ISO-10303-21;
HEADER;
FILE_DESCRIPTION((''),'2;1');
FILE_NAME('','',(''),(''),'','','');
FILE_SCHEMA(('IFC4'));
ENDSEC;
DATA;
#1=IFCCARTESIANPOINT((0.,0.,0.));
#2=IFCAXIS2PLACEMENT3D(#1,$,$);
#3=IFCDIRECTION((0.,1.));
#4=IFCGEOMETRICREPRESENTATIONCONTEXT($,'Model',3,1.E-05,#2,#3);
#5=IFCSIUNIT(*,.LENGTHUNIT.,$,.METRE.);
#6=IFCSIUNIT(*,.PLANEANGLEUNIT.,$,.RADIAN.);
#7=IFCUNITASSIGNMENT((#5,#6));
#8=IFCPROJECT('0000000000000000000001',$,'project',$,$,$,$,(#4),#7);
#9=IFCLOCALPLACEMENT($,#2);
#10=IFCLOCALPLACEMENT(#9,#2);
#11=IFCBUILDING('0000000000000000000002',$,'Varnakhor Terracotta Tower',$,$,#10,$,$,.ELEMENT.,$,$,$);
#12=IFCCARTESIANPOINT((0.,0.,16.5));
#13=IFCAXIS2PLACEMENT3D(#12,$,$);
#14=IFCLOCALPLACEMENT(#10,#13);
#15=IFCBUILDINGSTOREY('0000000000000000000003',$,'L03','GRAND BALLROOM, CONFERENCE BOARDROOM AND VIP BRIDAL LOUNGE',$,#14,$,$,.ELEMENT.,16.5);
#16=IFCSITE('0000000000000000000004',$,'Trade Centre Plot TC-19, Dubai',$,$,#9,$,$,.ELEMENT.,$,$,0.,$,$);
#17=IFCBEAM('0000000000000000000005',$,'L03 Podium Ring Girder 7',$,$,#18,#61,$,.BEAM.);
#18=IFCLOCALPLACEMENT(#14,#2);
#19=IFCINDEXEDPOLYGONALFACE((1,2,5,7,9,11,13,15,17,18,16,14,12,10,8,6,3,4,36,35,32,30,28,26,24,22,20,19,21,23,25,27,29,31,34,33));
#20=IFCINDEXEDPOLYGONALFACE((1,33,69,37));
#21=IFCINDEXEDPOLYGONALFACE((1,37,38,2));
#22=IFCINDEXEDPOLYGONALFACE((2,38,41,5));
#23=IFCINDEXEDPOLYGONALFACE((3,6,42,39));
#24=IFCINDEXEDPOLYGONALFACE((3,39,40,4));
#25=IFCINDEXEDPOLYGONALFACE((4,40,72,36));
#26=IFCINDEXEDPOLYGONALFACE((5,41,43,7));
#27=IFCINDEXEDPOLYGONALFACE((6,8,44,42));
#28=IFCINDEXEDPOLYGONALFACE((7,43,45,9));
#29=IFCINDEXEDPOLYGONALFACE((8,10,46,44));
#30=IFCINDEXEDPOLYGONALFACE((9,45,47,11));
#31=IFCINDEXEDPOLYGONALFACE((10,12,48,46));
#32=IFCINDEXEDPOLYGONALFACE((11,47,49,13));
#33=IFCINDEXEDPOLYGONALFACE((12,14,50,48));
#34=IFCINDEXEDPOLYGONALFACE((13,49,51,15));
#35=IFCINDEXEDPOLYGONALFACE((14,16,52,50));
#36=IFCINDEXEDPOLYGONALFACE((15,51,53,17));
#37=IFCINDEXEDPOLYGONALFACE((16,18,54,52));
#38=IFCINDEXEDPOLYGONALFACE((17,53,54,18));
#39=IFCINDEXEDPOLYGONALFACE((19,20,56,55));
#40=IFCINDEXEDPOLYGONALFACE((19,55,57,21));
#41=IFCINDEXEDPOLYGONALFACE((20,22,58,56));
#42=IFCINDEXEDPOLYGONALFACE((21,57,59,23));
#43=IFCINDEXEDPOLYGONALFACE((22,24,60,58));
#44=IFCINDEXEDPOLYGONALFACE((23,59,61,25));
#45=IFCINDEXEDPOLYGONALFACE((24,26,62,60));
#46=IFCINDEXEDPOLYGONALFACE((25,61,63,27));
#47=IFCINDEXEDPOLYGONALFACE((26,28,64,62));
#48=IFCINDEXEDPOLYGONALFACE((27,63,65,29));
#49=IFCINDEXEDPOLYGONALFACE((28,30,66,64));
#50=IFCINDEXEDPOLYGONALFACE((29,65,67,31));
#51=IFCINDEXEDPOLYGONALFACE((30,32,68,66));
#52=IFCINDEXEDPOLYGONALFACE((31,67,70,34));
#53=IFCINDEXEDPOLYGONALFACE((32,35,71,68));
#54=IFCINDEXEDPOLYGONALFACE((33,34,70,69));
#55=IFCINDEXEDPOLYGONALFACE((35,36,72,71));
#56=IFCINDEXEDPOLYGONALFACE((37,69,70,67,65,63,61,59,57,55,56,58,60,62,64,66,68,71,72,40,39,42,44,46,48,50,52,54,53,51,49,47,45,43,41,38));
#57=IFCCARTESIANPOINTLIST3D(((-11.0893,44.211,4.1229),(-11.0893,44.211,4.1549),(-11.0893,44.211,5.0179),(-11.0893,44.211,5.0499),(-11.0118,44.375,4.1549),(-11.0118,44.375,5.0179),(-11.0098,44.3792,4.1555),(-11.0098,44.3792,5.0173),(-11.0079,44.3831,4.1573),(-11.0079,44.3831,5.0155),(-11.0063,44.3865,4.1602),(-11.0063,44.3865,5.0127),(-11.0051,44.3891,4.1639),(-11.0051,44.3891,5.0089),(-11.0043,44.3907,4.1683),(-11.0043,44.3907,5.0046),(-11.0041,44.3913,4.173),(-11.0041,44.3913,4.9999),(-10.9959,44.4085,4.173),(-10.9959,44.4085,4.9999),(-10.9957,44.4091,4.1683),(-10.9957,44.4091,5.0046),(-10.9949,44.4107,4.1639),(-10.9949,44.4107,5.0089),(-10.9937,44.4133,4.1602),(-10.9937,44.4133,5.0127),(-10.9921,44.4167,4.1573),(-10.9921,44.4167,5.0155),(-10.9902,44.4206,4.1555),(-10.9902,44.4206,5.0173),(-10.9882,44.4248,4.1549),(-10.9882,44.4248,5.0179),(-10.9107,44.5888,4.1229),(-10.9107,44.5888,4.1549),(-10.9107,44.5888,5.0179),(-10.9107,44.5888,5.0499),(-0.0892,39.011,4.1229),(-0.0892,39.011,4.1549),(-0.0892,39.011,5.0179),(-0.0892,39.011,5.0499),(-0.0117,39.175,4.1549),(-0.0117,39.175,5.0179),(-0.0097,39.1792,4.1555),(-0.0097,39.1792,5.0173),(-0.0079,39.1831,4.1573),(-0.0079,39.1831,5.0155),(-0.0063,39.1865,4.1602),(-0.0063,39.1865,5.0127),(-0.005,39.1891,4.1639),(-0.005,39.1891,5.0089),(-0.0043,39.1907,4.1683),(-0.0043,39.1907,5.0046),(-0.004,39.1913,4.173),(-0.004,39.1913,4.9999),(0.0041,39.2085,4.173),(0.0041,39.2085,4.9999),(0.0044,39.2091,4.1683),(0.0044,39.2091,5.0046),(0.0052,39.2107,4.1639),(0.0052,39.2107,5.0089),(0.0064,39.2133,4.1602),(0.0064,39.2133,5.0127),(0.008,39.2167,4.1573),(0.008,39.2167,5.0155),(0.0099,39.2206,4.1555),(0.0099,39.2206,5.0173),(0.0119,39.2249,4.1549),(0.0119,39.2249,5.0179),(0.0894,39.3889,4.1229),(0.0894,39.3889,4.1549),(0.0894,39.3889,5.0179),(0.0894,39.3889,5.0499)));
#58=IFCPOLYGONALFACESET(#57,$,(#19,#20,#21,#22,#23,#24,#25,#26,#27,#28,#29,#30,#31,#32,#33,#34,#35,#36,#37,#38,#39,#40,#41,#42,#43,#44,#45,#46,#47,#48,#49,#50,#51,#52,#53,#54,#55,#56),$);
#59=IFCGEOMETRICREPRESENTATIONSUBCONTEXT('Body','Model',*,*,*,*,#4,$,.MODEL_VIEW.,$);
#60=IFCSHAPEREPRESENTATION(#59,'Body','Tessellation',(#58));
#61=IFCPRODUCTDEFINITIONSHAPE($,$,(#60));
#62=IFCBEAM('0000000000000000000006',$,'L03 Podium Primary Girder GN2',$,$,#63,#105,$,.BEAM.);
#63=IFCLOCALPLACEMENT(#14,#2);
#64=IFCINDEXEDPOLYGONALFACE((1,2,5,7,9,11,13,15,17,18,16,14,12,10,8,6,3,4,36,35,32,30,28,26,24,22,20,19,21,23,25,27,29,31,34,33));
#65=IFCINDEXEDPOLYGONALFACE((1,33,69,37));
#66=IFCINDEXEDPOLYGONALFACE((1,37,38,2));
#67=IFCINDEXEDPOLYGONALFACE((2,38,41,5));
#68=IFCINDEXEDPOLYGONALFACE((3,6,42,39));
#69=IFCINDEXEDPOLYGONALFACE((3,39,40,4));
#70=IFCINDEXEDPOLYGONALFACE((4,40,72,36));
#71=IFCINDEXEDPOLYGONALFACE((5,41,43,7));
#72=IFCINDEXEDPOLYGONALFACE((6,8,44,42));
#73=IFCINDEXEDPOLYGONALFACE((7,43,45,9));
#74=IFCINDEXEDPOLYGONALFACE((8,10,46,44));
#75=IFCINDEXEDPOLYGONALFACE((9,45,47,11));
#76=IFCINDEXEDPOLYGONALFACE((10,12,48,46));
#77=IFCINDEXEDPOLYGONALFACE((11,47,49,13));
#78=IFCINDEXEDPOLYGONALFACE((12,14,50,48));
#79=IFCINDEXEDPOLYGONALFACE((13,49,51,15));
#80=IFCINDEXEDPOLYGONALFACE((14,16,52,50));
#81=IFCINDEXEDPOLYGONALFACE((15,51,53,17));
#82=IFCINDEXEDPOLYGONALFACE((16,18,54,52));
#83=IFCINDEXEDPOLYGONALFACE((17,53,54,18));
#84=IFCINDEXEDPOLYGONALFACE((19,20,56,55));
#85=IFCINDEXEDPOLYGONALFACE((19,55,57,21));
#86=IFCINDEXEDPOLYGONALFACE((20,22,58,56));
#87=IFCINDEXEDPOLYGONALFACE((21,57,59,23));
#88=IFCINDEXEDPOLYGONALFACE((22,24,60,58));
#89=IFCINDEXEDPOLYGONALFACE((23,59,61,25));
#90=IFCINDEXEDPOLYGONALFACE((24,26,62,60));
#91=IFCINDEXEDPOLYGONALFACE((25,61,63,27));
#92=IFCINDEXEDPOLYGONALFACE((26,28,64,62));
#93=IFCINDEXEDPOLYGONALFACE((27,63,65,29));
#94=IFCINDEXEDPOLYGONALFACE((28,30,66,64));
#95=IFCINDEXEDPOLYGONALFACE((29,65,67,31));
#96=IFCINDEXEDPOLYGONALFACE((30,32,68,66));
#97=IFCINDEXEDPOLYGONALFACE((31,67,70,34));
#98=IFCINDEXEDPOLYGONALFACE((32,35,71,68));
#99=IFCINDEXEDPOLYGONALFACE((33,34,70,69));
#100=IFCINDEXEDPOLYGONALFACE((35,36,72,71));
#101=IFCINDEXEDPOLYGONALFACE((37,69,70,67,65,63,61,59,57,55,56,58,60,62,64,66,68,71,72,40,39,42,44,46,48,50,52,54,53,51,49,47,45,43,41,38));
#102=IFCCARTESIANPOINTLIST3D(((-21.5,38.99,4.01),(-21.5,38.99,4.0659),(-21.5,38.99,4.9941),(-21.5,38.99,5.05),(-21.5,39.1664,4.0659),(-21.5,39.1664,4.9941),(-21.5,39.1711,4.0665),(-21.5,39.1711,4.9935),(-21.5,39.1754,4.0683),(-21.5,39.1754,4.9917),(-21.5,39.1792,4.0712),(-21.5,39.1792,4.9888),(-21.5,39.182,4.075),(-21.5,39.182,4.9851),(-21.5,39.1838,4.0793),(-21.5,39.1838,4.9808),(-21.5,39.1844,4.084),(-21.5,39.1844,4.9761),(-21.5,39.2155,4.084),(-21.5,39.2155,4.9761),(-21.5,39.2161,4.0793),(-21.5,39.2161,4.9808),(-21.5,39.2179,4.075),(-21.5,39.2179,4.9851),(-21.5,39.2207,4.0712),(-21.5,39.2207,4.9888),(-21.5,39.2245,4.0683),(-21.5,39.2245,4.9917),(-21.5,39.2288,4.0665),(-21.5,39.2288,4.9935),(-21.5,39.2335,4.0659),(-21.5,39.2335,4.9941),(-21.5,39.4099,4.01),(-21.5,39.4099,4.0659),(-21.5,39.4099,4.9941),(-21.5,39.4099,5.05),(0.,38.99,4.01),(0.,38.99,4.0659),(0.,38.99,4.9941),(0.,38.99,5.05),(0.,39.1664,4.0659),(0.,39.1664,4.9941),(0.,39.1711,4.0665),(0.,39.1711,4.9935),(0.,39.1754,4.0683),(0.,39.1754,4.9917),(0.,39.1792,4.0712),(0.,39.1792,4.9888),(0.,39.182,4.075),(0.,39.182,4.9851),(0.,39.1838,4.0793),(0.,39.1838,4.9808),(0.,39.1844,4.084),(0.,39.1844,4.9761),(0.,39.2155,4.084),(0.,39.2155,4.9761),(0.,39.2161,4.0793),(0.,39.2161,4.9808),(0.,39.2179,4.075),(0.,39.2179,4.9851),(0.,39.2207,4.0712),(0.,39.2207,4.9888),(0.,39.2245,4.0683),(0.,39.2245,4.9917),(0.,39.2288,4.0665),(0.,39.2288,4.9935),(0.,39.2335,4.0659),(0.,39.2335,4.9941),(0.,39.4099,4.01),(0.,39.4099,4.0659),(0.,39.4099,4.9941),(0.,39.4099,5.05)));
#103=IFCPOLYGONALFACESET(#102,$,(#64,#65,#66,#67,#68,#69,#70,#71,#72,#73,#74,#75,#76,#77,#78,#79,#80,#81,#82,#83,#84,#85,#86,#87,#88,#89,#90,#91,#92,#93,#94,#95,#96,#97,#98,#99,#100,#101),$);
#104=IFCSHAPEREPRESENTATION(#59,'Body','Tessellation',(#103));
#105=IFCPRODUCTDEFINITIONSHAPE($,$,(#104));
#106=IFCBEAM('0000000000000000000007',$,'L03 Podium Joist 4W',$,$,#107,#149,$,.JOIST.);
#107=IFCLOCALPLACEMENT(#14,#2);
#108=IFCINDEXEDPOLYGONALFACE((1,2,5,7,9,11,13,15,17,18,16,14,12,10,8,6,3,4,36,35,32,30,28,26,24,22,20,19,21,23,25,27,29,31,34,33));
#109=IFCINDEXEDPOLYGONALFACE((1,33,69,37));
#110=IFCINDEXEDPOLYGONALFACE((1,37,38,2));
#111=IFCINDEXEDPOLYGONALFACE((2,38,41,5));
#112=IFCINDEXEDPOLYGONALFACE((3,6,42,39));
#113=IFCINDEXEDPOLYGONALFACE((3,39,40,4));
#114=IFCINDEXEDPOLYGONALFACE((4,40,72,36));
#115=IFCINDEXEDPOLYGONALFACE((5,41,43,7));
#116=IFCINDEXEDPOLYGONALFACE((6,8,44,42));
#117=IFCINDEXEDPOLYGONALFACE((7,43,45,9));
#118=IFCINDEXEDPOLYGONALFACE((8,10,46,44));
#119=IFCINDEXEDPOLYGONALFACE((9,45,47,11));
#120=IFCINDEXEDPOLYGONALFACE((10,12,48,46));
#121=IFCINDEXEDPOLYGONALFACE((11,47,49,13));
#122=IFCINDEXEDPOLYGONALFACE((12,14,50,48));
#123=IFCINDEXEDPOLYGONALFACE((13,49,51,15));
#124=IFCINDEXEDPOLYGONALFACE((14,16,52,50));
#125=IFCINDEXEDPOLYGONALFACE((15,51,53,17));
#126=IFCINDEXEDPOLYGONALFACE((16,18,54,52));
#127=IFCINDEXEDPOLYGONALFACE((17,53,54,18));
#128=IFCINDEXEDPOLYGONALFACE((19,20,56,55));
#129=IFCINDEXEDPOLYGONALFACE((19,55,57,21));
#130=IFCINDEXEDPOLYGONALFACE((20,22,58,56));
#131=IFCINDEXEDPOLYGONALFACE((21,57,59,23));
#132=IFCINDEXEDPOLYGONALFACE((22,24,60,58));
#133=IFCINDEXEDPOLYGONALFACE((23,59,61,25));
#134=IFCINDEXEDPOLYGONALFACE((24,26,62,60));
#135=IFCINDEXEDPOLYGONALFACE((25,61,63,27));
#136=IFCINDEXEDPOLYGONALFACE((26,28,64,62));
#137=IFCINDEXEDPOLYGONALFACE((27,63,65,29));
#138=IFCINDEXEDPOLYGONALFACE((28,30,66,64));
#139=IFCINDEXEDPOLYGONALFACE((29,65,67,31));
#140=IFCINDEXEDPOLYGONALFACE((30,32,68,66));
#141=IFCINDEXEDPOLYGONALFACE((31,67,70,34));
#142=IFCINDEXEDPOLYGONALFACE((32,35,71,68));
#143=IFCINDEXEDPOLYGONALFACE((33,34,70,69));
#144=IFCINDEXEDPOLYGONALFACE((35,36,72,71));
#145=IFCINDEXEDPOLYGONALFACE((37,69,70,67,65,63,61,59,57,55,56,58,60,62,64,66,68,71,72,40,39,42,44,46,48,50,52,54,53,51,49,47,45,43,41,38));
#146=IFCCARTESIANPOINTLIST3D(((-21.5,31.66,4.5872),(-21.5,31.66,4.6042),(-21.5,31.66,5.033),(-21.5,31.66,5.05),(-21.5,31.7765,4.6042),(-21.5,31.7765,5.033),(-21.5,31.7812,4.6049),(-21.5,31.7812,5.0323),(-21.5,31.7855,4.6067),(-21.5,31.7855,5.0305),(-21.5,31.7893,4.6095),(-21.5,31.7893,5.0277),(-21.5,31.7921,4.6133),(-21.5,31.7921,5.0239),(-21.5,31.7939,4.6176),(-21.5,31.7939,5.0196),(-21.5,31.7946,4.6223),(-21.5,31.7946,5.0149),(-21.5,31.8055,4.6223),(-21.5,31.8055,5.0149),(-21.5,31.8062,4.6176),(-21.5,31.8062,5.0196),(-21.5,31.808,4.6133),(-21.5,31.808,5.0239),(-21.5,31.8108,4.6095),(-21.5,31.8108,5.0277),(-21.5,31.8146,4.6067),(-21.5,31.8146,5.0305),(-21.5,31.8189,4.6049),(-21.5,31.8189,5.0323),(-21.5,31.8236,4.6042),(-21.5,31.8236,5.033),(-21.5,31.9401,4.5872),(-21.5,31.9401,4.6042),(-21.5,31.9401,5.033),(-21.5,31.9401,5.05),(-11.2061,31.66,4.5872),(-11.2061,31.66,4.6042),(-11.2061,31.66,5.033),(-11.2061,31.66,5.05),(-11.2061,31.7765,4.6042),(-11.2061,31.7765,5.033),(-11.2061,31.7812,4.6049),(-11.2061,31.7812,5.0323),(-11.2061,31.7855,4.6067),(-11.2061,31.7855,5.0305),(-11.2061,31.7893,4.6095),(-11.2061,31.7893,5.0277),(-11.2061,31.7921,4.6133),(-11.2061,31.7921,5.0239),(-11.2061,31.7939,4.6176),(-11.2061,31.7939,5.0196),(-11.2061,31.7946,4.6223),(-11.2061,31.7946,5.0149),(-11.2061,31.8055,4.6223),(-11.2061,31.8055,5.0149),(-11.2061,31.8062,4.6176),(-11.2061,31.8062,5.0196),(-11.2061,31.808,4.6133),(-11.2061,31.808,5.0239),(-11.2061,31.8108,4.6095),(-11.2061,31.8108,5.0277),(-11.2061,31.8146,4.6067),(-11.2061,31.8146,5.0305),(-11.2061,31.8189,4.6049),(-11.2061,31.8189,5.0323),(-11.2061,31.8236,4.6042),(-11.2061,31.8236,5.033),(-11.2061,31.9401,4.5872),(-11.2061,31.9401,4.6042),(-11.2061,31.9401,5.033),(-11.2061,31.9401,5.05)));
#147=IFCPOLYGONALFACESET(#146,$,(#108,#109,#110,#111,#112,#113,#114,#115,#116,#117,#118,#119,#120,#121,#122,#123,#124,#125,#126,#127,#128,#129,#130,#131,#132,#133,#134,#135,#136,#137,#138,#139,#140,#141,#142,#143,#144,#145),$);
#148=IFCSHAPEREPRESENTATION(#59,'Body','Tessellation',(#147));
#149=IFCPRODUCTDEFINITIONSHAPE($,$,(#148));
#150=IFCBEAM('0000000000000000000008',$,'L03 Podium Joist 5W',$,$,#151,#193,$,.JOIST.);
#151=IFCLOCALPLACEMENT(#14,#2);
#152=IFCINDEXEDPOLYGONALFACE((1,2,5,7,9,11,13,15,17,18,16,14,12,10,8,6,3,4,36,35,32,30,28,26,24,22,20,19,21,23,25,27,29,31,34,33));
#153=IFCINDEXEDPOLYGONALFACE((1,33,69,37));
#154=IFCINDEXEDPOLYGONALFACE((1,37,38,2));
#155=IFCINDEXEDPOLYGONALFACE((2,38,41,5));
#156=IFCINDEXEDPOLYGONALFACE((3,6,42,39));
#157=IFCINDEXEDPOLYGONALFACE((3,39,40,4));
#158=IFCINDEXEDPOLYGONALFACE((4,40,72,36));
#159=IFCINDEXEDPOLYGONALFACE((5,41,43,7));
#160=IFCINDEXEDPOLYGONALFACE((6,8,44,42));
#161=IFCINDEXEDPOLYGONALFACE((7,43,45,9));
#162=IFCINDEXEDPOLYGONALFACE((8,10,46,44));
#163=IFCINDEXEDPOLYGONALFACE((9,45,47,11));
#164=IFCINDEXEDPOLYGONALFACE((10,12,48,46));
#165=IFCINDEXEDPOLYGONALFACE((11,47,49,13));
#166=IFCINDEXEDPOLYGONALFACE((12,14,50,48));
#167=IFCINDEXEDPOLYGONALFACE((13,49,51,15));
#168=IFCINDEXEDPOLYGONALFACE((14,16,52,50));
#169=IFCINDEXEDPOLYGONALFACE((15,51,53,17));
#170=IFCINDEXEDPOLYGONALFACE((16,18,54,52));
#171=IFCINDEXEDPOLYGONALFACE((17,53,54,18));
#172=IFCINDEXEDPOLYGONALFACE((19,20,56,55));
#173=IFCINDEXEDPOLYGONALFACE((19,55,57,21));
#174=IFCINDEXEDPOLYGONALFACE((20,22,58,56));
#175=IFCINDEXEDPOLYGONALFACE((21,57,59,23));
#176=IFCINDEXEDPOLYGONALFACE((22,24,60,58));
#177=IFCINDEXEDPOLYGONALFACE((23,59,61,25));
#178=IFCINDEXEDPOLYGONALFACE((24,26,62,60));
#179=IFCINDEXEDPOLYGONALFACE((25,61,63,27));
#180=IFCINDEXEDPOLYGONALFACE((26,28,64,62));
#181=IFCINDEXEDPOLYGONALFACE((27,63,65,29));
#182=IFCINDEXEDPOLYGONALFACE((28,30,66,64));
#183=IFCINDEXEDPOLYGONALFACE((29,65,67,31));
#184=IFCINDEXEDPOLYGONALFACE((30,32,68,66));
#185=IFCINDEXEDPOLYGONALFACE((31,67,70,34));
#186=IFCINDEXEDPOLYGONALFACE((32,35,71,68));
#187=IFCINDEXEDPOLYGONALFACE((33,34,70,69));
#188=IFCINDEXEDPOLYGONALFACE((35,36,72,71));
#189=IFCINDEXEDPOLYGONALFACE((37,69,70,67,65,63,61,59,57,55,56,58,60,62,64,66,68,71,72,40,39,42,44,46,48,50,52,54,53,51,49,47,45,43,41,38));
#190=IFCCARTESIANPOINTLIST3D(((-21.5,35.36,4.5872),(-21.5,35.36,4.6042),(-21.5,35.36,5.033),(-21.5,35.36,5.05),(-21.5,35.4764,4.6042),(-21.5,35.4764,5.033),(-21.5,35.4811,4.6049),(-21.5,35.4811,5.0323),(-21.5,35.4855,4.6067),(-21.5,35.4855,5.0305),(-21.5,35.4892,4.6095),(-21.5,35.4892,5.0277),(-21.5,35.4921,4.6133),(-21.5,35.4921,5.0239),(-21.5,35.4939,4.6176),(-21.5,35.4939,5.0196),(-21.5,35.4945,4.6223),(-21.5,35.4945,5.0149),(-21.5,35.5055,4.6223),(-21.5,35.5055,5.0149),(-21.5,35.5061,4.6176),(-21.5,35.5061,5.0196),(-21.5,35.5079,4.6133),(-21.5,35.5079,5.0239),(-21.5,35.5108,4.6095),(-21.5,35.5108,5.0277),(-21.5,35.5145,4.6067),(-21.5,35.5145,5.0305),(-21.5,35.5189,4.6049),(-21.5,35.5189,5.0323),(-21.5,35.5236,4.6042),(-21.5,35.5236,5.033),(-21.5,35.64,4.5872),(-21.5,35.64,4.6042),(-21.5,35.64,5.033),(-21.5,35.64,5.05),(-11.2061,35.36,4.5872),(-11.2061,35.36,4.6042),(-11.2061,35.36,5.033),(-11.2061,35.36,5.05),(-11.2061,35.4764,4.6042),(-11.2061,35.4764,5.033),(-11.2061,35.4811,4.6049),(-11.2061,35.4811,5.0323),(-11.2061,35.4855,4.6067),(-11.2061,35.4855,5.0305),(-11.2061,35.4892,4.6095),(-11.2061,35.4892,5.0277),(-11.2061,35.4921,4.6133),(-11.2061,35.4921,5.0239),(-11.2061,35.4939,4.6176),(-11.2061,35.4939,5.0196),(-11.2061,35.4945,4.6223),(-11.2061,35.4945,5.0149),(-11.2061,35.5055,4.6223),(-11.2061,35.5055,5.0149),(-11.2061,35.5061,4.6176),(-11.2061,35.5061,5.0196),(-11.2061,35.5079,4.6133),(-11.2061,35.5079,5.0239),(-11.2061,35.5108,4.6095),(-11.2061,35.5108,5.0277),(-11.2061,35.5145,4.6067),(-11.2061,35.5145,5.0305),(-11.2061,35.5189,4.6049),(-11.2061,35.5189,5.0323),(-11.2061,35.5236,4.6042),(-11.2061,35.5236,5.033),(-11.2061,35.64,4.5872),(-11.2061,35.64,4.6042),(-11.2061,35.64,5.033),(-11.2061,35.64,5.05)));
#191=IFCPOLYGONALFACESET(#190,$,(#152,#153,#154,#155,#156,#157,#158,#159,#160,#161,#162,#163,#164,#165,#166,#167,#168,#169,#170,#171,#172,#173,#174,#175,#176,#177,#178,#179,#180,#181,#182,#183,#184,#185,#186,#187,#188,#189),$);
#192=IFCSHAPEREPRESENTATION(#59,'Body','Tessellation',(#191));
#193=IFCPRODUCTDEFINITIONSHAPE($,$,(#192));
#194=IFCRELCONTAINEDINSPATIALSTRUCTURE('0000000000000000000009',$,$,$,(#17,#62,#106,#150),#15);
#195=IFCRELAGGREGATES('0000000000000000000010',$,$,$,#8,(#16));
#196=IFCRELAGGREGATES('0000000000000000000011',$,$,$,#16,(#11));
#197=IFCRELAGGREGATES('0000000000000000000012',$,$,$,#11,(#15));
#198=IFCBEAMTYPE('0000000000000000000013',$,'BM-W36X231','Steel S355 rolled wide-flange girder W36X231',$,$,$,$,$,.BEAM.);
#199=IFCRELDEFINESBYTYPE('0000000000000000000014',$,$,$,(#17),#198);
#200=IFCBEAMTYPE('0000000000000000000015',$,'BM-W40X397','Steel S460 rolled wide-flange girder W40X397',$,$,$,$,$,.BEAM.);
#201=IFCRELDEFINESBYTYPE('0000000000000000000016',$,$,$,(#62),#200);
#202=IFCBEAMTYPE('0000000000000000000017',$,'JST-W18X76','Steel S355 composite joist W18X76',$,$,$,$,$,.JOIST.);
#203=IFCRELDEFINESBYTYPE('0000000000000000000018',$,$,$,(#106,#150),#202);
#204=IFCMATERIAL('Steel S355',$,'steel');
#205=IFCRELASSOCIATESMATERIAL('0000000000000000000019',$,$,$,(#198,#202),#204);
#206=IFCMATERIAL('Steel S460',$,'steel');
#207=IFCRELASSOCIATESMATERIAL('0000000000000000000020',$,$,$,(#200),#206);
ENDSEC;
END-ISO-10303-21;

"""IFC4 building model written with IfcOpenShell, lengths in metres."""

from ifc_helpers import new_model, si_unit, direction, frame, origin, origin_2d, place, context, subcontext, project, spatial, i_section, extrude, source, transform, mapped, material, material_profile, profile_set, type_object, type_shapes, element, save


model = new_model("IFC4")

# Units and contexts
model_context = context("Model", 3, precision=1e-05, world=origin(), true_north=direction((0.0, 1.0)))
body_context = subcontext(model_context, "Body", "Model", "MODEL_VIEW")
ifc_project = project(units=[si_unit("LENGTHUNIT", "METRE"), si_unit("PLANEANGLEUNIT", "RADIAN")], contexts=[model_context])

# Site, building, storey
site_placement = place(None, origin())
site = spatial("IfcSite", under=ifc_project, at=site_placement, Name="Trade Centre Plot TC-19, Dubai", CompositionType="ELEMENT", RefElevation=0.0)
building_placement = place(site_placement, origin())
building = spatial("IfcBuilding", under=site, at=building_placement, Name="Varnakhor Terracotta Tower", CompositionType="ELEMENT")
storey_placement = place(building_placement, frame((0.0, 0.0, 16.5)))
storey = spatial("IfcBuildingStorey", under=building, at=storey_placement, Name="L03", Description="GRAND BALLROOM, CONFERENCE BOARDROOM AND VIP BRIDAL LOUNGE", CompositionType="ELEMENT", Elevation=16.5)

# Shared definitions
ifc_material_1 = material(Name="Steel S460", Category="steel")

# Beams
ifc_material_2 = material(Name="Steel S355", Category="steel")
ifc_material_profile_1 = material_profile(ifc_material_2, i_section(OverallWidth=0.418, OverallDepth=0.927, WebThickness=0.019, FlangeThickness=0.032, FilletRadius=0.0181, at=origin_2d()), Name="W36X231")
ifc_profile_set_1 = profile_set([ifc_material_profile_1], Name="Steel S355")
beam_type_1 = type_object("IfcBeamType", Name="BM-W36X231", Description="Steel S355 rolled wide-flange girder W36X231", PredefinedType="BEAM", material=ifc_profile_set_1)
shared_shape_1 = source(origin(), body_context, "Body", "SweptSolid", [
    extrude(i_section(OverallWidth=0.418, OverallDepth=0.927, WebThickness=0.019, FlangeThickness=0.032, FilletRadius=0.0181, at=origin_2d()), origin(), (0.0, 0.0, 1.0), 12.1672),
])
beam_1_placement = place(storey_placement, frame((-11.0, 44.3999, 4.5864), z_axis=(0.904074, -0.427376, 0.0), x_axis=(0.427376, 0.904074, 0.0)))
element("IfcBeam", 1, at=beam_1_placement, inside=storey, type_object=beam_type_1, Name="L03 Podium Ring Girder 7", PredefinedType="BEAM", context=body_context, shape_type="MappedRepresentation", body=[
    mapped(shared_shape_1, transform((0.0, 0.0, 0.0), scale=1.0)),
])
ifc_material_profile_2 = material_profile(ifc_material_1, i_section(OverallWidth=0.4199, OverallDepth=1.04, WebThickness=0.031, FlangeThickness=0.0559, FilletRadius=0.0181, at=origin_2d()), Name="W40X397")
ifc_profile_set_2 = profile_set([ifc_material_profile_2], Name="Steel S460")
beam_type_2 = type_object("IfcBeamType", Name="BM-W40X397", Description="Steel S460 rolled wide-flange girder W40X397", PredefinedType="BEAM", material=ifc_profile_set_2)
shared_shape_2 = source(origin(), body_context, "Body", "SweptSolid", [
    extrude(i_section(OverallWidth=0.4199, OverallDepth=1.04, WebThickness=0.031, FlangeThickness=0.0559, FilletRadius=0.0181, at=origin_2d()), origin(), (0.0, 0.0, 1.0), 21.5),
])
beam_2_placement = place(storey_placement, frame((-21.5, 39.2, 4.53), z_axis=(1.0, 0.0, 0.0), x_axis=(0.0, 1.0, 0.0)))
element("IfcBeam", 2, at=beam_2_placement, inside=storey, type_object=beam_type_2, Name="L03 Podium Primary Girder GN2", PredefinedType="BEAM", context=body_context, shape_type="MappedRepresentation", body=[
    mapped(shared_shape_2, transform((0.0, 0.0, 0.0), scale=1.0)),
])
ifc_material_profile_3 = material_profile(ifc_material_2, i_section(OverallWidth=0.28, OverallDepth=0.4629, WebThickness=0.011, FlangeThickness=0.0171, FilletRadius=0.0181, at=origin_2d()), Name="W18X76")
ifc_profile_set_3 = profile_set([ifc_material_profile_3], Name="Steel S355")
beam_type_3 = type_object("IfcBeamType", Name="JST-W18X76", Description="Steel S355 composite joist W18X76", PredefinedType="JOIST", material=ifc_profile_set_3)
shared_shape_3 = source(origin(), body_context, "Body", "SweptSolid", [
    extrude(i_section(OverallWidth=0.28, OverallDepth=0.4629, WebThickness=0.011, FlangeThickness=0.0171, FilletRadius=0.0181, at=origin_2d()), origin(), (0.0, 0.0, 1.0), 10.2939),
])
type_shapes(beam_type_3, [shared_shape_3])
for number, where, z_axis, x_axis, name in (
    (3, (-21.5, 31.8, 4.8186), (1.0, 0.0, 0.0), (0.0, 1.0, 0.0), "L03 Podium Joist 4W"),
    (4, (-21.5, 35.5, 4.8186), (1.0, 0.0, 0.0), (0.0, 1.0, 0.0), "L03 Podium Joist 5W"),
):
    element("IfcBeam", number, at=place(storey_placement, frame(where, z_axis=z_axis, x_axis=x_axis)), inside=storey, type_object=beam_type_3, Name=name, PredefinedType="JOIST", context=body_context, shape_type="MappedRepresentation", body=[
        mapped(shared_shape_3, transform((0.0, 0.0, 0.0), scale=1.0)),
    ])

save(model, "model.ifc")
